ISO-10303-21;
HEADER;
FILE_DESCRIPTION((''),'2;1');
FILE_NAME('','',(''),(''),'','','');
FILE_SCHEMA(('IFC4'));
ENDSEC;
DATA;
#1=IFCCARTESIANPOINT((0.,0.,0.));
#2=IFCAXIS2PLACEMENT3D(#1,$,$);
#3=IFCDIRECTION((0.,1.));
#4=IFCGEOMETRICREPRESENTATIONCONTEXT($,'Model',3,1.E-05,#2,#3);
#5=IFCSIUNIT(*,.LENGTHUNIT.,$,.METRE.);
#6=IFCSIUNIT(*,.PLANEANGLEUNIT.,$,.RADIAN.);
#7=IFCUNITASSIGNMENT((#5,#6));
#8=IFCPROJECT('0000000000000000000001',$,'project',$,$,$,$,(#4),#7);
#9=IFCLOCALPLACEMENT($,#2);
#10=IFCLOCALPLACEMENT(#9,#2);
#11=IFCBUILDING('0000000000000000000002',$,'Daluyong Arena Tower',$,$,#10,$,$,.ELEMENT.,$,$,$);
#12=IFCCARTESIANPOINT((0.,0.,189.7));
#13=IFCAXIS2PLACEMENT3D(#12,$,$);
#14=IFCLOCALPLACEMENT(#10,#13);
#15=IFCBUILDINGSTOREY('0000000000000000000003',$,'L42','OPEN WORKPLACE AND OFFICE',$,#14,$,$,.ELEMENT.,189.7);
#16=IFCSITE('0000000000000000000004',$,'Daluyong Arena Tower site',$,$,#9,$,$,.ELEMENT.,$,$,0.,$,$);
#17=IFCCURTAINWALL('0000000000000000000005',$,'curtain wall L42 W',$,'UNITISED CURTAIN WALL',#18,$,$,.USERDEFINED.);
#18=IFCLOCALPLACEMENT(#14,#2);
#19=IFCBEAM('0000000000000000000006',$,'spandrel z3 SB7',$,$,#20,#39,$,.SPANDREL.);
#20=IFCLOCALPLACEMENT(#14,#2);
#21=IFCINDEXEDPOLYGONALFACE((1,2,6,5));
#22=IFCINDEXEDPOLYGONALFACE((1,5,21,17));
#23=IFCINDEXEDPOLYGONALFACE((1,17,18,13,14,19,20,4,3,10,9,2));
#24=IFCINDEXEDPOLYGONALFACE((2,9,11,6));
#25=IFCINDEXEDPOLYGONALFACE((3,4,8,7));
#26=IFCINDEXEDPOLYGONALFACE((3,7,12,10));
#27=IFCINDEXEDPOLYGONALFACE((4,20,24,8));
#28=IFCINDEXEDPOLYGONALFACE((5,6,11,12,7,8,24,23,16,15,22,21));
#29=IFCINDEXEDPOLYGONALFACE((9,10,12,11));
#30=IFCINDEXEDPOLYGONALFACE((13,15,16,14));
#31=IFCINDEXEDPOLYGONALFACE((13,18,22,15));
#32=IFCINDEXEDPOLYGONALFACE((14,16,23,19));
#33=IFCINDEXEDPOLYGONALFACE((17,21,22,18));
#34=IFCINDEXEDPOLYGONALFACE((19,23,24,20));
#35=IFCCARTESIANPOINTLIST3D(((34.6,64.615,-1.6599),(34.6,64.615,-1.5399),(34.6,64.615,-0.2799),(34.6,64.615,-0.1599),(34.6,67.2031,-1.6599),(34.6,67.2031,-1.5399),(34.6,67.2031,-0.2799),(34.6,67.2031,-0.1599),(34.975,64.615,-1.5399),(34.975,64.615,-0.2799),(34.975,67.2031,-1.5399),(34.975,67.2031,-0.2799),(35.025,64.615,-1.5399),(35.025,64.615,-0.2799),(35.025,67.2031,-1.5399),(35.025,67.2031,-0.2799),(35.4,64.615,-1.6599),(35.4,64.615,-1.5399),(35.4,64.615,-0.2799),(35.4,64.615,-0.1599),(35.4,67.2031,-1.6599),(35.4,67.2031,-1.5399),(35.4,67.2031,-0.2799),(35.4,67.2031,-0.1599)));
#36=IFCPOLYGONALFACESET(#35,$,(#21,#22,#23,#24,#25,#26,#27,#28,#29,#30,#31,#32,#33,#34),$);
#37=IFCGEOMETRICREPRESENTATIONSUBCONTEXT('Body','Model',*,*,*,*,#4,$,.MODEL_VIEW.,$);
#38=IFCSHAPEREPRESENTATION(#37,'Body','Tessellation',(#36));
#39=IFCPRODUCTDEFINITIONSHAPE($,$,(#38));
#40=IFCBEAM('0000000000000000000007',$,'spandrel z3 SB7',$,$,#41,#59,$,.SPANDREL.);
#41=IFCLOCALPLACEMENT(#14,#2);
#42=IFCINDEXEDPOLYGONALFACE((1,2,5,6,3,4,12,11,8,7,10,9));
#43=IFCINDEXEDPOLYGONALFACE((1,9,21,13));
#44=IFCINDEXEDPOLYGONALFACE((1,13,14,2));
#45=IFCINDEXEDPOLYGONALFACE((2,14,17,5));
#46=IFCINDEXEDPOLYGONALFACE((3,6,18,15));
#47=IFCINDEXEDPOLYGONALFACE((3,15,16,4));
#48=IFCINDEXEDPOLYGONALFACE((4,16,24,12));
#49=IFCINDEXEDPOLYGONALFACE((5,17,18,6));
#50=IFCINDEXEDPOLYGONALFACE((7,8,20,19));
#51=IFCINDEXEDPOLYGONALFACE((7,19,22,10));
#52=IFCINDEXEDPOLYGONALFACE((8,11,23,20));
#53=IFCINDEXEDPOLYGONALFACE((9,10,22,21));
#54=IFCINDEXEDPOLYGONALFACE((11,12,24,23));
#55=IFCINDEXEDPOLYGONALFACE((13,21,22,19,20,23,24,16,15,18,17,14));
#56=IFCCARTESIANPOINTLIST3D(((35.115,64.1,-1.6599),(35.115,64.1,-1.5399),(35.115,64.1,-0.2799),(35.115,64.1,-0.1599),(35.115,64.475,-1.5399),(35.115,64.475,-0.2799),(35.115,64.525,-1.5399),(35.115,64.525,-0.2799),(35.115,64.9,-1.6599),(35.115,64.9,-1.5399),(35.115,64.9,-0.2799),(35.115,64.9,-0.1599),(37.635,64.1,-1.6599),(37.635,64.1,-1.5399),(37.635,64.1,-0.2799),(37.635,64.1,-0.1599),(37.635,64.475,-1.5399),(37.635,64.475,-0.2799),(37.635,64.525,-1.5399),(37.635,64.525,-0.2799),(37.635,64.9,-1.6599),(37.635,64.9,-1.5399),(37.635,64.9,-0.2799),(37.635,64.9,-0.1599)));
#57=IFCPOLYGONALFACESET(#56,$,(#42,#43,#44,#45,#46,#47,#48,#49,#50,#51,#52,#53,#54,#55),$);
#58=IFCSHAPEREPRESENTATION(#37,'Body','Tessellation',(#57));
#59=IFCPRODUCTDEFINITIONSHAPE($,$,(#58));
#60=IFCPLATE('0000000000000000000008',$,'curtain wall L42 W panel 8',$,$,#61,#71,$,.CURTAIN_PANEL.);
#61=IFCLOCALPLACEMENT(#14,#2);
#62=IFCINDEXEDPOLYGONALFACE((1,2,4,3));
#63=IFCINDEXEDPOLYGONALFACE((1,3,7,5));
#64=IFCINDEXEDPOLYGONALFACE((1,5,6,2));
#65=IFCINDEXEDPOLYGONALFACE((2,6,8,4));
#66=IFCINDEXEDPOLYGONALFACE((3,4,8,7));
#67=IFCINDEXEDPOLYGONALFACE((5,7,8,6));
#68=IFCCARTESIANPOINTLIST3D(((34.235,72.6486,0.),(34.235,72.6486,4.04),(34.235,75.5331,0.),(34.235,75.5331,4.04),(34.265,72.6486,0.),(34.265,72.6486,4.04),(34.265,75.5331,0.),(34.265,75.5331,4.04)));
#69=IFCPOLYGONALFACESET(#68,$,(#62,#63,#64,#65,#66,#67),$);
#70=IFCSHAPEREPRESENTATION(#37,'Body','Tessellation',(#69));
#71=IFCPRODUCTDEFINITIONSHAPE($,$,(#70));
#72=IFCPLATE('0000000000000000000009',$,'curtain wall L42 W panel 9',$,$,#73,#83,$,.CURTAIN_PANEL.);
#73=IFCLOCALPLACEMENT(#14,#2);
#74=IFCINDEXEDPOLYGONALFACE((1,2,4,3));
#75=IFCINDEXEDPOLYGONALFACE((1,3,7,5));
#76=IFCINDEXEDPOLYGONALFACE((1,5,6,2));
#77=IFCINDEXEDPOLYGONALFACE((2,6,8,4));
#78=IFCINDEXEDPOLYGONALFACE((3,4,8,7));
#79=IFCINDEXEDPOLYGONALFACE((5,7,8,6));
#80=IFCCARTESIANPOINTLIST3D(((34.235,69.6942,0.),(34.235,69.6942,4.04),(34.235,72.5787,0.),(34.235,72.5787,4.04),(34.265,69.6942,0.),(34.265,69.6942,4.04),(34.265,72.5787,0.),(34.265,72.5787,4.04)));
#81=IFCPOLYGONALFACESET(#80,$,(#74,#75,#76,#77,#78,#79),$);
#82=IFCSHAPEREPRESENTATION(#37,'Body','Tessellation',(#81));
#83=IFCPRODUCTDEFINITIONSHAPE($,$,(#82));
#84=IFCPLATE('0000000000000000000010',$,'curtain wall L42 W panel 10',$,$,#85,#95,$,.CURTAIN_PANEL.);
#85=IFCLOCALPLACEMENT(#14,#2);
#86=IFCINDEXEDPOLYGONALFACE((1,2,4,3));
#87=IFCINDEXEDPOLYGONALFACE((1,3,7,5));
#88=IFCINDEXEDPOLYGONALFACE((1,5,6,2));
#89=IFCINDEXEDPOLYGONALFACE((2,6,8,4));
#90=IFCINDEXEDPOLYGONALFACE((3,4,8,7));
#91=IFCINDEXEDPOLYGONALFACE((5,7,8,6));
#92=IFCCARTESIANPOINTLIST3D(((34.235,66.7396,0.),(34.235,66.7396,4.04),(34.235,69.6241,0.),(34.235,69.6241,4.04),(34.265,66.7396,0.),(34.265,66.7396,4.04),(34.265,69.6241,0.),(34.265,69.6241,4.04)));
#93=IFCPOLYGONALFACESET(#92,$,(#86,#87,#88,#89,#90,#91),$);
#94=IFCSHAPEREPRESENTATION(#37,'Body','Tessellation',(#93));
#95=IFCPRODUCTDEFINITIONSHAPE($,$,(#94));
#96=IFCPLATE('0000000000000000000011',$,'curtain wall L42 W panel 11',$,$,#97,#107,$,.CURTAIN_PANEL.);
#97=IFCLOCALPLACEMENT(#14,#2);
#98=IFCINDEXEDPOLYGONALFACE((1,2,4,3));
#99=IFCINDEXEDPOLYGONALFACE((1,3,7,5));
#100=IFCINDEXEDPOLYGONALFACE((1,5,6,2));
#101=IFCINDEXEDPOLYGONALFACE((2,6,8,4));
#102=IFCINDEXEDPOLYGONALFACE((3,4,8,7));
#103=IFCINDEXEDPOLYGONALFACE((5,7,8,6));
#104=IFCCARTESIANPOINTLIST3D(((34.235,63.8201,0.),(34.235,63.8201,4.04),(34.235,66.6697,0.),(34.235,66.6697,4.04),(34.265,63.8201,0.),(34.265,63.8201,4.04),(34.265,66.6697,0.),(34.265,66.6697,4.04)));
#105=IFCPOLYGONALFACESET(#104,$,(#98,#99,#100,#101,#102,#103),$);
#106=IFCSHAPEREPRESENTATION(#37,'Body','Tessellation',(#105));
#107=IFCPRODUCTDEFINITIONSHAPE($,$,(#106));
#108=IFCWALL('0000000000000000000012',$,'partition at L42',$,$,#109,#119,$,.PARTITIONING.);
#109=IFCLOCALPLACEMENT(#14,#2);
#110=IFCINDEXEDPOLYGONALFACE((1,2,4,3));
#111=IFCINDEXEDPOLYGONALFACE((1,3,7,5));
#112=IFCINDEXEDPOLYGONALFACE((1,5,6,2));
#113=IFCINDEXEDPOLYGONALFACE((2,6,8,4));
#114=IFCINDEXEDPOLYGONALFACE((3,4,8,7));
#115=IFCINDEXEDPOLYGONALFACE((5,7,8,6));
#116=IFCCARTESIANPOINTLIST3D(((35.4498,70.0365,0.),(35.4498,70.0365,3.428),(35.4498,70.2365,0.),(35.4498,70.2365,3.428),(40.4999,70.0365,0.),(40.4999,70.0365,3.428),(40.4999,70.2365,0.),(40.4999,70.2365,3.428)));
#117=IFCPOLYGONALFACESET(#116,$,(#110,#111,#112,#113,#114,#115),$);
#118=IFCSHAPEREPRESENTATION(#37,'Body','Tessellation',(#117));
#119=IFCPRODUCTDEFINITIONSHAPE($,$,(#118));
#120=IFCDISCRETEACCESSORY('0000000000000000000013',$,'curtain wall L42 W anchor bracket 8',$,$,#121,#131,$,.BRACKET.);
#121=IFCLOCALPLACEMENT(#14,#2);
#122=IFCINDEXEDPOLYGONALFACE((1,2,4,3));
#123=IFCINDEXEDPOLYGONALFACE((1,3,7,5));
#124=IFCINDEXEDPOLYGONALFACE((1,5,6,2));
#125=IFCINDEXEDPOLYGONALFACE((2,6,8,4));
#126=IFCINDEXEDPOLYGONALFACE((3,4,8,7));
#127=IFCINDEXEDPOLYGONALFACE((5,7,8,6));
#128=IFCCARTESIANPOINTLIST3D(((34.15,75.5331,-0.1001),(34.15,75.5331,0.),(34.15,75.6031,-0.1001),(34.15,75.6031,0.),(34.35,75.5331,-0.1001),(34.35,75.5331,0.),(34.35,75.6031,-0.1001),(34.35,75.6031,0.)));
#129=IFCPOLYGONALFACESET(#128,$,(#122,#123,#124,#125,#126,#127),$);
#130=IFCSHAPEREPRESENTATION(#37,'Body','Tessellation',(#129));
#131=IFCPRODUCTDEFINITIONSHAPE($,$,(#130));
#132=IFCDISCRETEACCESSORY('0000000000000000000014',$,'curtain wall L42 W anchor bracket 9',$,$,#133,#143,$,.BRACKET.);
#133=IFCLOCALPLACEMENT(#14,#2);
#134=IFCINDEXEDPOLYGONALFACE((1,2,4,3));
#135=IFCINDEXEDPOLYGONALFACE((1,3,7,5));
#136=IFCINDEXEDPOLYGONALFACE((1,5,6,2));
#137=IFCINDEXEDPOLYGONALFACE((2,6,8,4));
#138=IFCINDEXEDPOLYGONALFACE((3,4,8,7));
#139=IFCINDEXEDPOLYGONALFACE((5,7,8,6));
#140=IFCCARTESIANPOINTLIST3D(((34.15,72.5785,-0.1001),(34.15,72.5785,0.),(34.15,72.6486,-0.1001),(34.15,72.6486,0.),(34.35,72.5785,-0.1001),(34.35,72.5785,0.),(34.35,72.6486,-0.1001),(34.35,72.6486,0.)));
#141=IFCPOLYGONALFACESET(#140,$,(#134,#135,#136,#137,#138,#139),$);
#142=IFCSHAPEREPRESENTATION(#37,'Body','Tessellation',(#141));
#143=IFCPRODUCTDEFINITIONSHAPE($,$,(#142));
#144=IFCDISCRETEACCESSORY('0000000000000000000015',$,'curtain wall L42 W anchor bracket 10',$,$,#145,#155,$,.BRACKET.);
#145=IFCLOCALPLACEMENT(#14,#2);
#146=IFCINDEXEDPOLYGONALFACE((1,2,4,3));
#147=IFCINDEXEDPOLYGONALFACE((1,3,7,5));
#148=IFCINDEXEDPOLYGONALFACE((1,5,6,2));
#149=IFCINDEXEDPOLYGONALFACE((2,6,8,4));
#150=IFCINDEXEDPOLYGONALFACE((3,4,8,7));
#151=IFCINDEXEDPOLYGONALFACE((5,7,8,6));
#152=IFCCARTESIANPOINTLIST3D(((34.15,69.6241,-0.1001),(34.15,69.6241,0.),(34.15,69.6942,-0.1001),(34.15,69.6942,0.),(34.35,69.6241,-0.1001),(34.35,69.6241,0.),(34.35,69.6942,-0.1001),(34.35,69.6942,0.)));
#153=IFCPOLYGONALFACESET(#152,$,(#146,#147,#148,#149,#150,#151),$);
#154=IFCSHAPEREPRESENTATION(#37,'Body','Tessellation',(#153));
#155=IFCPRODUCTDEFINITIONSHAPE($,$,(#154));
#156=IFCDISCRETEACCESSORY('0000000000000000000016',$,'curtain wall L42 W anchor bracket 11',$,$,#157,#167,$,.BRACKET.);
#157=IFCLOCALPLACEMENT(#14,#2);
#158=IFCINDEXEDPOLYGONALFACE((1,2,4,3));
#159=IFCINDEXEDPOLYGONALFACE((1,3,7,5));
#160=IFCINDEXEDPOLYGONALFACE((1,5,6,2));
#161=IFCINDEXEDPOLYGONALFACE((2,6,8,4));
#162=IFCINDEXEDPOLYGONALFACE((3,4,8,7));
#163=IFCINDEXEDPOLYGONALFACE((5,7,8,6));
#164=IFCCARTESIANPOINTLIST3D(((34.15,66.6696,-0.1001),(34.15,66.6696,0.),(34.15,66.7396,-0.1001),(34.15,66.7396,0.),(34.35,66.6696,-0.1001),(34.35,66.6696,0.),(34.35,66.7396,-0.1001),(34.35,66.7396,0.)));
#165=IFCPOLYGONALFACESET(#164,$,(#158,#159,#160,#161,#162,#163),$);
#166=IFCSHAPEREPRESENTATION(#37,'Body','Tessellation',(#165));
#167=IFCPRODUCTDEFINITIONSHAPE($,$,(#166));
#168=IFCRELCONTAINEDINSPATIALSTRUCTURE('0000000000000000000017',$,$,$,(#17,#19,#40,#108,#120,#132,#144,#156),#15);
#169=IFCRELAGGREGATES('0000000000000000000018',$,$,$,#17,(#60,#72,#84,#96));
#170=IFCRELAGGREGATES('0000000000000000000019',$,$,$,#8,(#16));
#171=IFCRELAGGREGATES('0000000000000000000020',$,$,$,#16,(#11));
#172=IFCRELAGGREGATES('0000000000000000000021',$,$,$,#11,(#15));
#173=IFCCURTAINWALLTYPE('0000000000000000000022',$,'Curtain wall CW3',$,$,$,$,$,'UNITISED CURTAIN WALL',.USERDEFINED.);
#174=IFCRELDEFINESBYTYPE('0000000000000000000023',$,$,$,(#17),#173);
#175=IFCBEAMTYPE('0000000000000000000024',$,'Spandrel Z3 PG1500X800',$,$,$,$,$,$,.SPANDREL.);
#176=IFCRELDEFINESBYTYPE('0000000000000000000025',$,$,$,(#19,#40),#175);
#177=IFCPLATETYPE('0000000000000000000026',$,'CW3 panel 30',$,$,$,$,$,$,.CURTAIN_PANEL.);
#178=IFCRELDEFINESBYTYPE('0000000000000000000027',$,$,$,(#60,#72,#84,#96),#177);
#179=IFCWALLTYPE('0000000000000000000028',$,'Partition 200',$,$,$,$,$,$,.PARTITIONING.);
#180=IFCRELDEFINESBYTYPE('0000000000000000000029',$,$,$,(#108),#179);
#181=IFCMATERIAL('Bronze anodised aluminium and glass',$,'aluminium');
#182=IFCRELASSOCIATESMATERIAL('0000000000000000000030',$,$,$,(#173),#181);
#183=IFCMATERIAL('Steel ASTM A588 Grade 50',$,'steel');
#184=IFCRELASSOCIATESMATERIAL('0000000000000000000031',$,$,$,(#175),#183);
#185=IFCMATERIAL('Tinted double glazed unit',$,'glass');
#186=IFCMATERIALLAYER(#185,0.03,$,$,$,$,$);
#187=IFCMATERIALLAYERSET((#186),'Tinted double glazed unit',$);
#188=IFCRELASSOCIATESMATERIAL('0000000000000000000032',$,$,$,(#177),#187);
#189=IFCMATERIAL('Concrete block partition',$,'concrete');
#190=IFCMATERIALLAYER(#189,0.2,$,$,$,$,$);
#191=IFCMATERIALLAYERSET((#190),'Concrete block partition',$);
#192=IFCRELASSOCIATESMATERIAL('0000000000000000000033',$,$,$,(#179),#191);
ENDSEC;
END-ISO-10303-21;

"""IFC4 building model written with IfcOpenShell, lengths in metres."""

from ifc_helpers import new_model, si_unit, direction, frame, frame_2d, origin, origin_2d, place, context, subcontext, project, spatial, rectangle, i_section, extrude, material, layer, layer_set, material_profile, profile_set, type_object, element, aggregate, save


model = new_model("IFC4")

# Units and contexts
model_context = context("Model", 3, precision=1e-05, world=origin(), true_north=direction((0.0, 1.0)))
body_context = subcontext(model_context, "Body", "Model", "MODEL_VIEW")
ifc_project = project(units=[si_unit("LENGTHUNIT", "METRE"), si_unit("PLANEANGLEUNIT", "RADIAN")], contexts=[model_context])

# Site, building, storey
site_placement = place(None, origin())
site = spatial("IfcSite", under=ifc_project, at=site_placement, Name="Daluyong Arena Tower site", CompositionType="ELEMENT", RefElevation=0.0)
building_placement = place(site_placement, origin())
building = spatial("IfcBuilding", under=site, at=building_placement, Name="Daluyong Arena Tower", CompositionType="ELEMENT")
storey_placement = place(building_placement, frame((0.0, 0.0, 189.7)))
storey = spatial("IfcBuildingStorey", under=building, at=storey_placement, Name="L42", Description="OPEN WORKPLACE AND OFFICE", CompositionType="ELEMENT", Elevation=189.7)

# Curtain wall
ifc_material_1 = material(Name="Bronze anodised aluminium and glass", Category="aluminium")
curtain_wall_type_1 = type_object("IfcCurtainWallType", Name="Curtain wall CW3", ElementType="UNITISED CURTAIN WALL", PredefinedType="USERDEFINED", material=ifc_material_1)
curtain_wall_1_placement = place(storey_placement, origin())
curtain_wall_1 = element("IfcCurtainWall", 1, at=curtain_wall_1_placement, inside=storey, type_object=curtain_wall_type_1, Name="curtain wall L42 W", ObjectType="UNITISED CURTAIN WALL", PredefinedType="USERDEFINED")

# Beams
ifc_material_2 = material(Name="Steel ASTM A588 Grade 50", Category="steel")
ifc_material_profile_1 = material_profile(ifc_material_2, i_section(OverallWidth=0.8, OverallDepth=1.5, WebThickness=0.05, FlangeThickness=0.12, at=origin_2d()))
ifc_profile_set_1 = profile_set([ifc_material_profile_1], Name="Steel ASTM A588 Grade 50")
beam_type_1 = type_object("IfcBeamType", Name="Spandrel Z3 PG1500X800", PredefinedType="SPANDREL", material=ifc_profile_set_1)
beam_1_placement = place(storey_placement, frame((35.0, 67.2031, -0.9099), z_axis=(0.0, -1.0, 0.0), x_axis=(1.0, 0.0, 0.0)))
element("IfcBeam", 2, at=beam_1_placement, inside=storey, type_object=beam_type_1, Name="spandrel z3 SB7", PredefinedType="SPANDREL", context=body_context, shape_type="SweptSolid", body=[
    extrude(i_section(OverallWidth=0.8, OverallDepth=1.5, WebThickness=0.05, FlangeThickness=0.12, at=origin_2d()), origin(), (0.0, 0.0, 1.0), 2.5881),
])
beam_2_placement = place(storey_placement, frame((35.115, 64.5, -0.9099), z_axis=(1.0, 0.0, 0.0), x_axis=(0.0, 1.0, 0.0)))
element("IfcBeam", 3, at=beam_2_placement, inside=storey, type_object=beam_type_1, Name="spandrel z3 SB7", PredefinedType="SPANDREL", context=body_context, shape_type="SweptSolid", body=[
    extrude(i_section(OverallWidth=0.8, OverallDepth=1.5, WebThickness=0.05, FlangeThickness=0.12, at=origin_2d()), origin(), (0.0, 0.0, 1.0), 2.52),
])

# Plates
ifc_material_3 = material(Name="Tinted double glazed unit", Category="glass")
ifc_layer_1 = layer(ifc_material_3, 0.03)
ifc_layer_set_1 = layer_set([ifc_layer_1], Name="Tinted double glazed unit")
plate_type = type_object("IfcPlateType", Name="CW3 panel 30", PredefinedType="CURTAIN_PANEL", material=ifc_layer_set_1)
plate_1_placement = place(storey_placement, frame((34.25, 74.0908, 0.0), z_axis=(0.0, 0.0, 1.0), x_axis=(0.0, -1.0, 0.0)))
plate_1 = element("IfcPlate", 4, at=plate_1_placement, type_object=plate_type, Name="curtain wall L42 W panel 8", PredefinedType="CURTAIN_PANEL", context=body_context, shape_type="SweptSolid", body=[
    extrude(rectangle(XDim=2.8845, YDim=0.03, at=origin_2d()), origin(), (0.0, 0.0, 1.0), 4.04),
])
plate_2_placement = place(storey_placement, frame((34.25, 71.1365, 0.0), z_axis=(0.0, 0.0, 1.0), x_axis=(0.0, -1.0, 0.0)))
plate_2 = element("IfcPlate", 5, at=plate_2_placement, type_object=plate_type, Name="curtain wall L42 W panel 9", PredefinedType="CURTAIN_PANEL", context=body_context, shape_type="SweptSolid", body=[
    extrude(rectangle(XDim=2.8845, YDim=0.03, at=origin_2d()), origin(), (0.0, 0.0, 1.0), 4.04),
])
plate_3_placement = place(storey_placement, frame((34.25, 68.1819, 0.0), z_axis=(0.0, 0.0, 1.0), x_axis=(0.0, -1.0, 0.0)))
plate_3 = element("IfcPlate", 6, at=plate_3_placement, type_object=plate_type, Name="curtain wall L42 W panel 10", PredefinedType="CURTAIN_PANEL", context=body_context, shape_type="SweptSolid", body=[
    extrude(rectangle(XDim=2.8845, YDim=0.03, at=origin_2d()), origin(), (0.0, 0.0, 1.0), 4.04),
])
plate_4_placement = place(storey_placement, frame((34.25, 65.2449, 0.0), z_axis=(0.0, 0.0, 1.0), x_axis=(0.0, -1.0, 0.0)))
plate_4 = element("IfcPlate", 7, at=plate_4_placement, type_object=plate_type, Name="curtain wall L42 W panel 11", PredefinedType="CURTAIN_PANEL", context=body_context, shape_type="SweptSolid", body=[
    extrude(rectangle(XDim=2.8496, YDim=0.03, at=origin_2d()), origin(), (0.0, 0.0, 1.0), 4.04),
])
aggregate(curtain_wall_1, [plate_1, plate_2, plate_3, plate_4])

# Wall
ifc_material_4 = material(Name="Concrete block partition", Category="concrete")
ifc_layer_2 = layer(ifc_material_4, 0.2)
ifc_layer_set_2 = layer_set([ifc_layer_2], Name="Concrete block partition")
wall_type = type_object("IfcWallType", Name="Partition 200", PredefinedType="PARTITIONING", material=ifc_layer_set_2)
wall_placement = place(storey_placement, frame((35.45, 70.1365, 0.0), z_axis=(0.0, 0.0, 1.0), x_axis=(1.0, 0.0, 0.0)))
element("IfcWall", 8, at=wall_placement, inside=storey, type_object=wall_type, Name="partition at L42", PredefinedType="PARTITIONING", context=body_context, shape_type="SweptSolid", body=[
    extrude(rectangle(XDim=5.05, YDim=0.2, at=frame_2d((2.5249, 0.0))), origin(), (0.0, 0.0, 1.0), 3.428),
])

# Discrete accessories
for number, where, z_axis, x_axis, name in (
    (9, (34.25, 75.5681, -0.1001), (0.0, 0.0, 1.0), (0.0, -1.0, 0.0), "curtain wall L42 W anchor bracket 8"),
    (10, (34.25, 72.6135, -0.1001), (0.0, 0.0, 1.0), (0.0, -1.0, 0.0), "curtain wall L42 W anchor bracket 9"),
    (11, (34.25, 69.6592, -0.1001), (0.0, 0.0, 1.0), (0.0, -1.0, 0.0), "curtain wall L42 W anchor bracket 10"),
    (12, (34.25, 66.7046, -0.1001), (0.0, 0.0, 1.0), (0.0, -1.0, 0.0), "curtain wall L42 W anchor bracket 11"),
):
    element("IfcDiscreteAccessory", number, at=place(storey_placement, frame(where, z_axis=z_axis, x_axis=x_axis)), inside=storey, Name=name, PredefinedType="BRACKET", context=body_context, shape_type="SweptSolid", body=[
        extrude(rectangle(XDim=0.0701, YDim=0.2, at=origin_2d()), origin(), (0.0, 0.0, 1.0), 0.1001),
    ])

save(model, "model.ifc")
